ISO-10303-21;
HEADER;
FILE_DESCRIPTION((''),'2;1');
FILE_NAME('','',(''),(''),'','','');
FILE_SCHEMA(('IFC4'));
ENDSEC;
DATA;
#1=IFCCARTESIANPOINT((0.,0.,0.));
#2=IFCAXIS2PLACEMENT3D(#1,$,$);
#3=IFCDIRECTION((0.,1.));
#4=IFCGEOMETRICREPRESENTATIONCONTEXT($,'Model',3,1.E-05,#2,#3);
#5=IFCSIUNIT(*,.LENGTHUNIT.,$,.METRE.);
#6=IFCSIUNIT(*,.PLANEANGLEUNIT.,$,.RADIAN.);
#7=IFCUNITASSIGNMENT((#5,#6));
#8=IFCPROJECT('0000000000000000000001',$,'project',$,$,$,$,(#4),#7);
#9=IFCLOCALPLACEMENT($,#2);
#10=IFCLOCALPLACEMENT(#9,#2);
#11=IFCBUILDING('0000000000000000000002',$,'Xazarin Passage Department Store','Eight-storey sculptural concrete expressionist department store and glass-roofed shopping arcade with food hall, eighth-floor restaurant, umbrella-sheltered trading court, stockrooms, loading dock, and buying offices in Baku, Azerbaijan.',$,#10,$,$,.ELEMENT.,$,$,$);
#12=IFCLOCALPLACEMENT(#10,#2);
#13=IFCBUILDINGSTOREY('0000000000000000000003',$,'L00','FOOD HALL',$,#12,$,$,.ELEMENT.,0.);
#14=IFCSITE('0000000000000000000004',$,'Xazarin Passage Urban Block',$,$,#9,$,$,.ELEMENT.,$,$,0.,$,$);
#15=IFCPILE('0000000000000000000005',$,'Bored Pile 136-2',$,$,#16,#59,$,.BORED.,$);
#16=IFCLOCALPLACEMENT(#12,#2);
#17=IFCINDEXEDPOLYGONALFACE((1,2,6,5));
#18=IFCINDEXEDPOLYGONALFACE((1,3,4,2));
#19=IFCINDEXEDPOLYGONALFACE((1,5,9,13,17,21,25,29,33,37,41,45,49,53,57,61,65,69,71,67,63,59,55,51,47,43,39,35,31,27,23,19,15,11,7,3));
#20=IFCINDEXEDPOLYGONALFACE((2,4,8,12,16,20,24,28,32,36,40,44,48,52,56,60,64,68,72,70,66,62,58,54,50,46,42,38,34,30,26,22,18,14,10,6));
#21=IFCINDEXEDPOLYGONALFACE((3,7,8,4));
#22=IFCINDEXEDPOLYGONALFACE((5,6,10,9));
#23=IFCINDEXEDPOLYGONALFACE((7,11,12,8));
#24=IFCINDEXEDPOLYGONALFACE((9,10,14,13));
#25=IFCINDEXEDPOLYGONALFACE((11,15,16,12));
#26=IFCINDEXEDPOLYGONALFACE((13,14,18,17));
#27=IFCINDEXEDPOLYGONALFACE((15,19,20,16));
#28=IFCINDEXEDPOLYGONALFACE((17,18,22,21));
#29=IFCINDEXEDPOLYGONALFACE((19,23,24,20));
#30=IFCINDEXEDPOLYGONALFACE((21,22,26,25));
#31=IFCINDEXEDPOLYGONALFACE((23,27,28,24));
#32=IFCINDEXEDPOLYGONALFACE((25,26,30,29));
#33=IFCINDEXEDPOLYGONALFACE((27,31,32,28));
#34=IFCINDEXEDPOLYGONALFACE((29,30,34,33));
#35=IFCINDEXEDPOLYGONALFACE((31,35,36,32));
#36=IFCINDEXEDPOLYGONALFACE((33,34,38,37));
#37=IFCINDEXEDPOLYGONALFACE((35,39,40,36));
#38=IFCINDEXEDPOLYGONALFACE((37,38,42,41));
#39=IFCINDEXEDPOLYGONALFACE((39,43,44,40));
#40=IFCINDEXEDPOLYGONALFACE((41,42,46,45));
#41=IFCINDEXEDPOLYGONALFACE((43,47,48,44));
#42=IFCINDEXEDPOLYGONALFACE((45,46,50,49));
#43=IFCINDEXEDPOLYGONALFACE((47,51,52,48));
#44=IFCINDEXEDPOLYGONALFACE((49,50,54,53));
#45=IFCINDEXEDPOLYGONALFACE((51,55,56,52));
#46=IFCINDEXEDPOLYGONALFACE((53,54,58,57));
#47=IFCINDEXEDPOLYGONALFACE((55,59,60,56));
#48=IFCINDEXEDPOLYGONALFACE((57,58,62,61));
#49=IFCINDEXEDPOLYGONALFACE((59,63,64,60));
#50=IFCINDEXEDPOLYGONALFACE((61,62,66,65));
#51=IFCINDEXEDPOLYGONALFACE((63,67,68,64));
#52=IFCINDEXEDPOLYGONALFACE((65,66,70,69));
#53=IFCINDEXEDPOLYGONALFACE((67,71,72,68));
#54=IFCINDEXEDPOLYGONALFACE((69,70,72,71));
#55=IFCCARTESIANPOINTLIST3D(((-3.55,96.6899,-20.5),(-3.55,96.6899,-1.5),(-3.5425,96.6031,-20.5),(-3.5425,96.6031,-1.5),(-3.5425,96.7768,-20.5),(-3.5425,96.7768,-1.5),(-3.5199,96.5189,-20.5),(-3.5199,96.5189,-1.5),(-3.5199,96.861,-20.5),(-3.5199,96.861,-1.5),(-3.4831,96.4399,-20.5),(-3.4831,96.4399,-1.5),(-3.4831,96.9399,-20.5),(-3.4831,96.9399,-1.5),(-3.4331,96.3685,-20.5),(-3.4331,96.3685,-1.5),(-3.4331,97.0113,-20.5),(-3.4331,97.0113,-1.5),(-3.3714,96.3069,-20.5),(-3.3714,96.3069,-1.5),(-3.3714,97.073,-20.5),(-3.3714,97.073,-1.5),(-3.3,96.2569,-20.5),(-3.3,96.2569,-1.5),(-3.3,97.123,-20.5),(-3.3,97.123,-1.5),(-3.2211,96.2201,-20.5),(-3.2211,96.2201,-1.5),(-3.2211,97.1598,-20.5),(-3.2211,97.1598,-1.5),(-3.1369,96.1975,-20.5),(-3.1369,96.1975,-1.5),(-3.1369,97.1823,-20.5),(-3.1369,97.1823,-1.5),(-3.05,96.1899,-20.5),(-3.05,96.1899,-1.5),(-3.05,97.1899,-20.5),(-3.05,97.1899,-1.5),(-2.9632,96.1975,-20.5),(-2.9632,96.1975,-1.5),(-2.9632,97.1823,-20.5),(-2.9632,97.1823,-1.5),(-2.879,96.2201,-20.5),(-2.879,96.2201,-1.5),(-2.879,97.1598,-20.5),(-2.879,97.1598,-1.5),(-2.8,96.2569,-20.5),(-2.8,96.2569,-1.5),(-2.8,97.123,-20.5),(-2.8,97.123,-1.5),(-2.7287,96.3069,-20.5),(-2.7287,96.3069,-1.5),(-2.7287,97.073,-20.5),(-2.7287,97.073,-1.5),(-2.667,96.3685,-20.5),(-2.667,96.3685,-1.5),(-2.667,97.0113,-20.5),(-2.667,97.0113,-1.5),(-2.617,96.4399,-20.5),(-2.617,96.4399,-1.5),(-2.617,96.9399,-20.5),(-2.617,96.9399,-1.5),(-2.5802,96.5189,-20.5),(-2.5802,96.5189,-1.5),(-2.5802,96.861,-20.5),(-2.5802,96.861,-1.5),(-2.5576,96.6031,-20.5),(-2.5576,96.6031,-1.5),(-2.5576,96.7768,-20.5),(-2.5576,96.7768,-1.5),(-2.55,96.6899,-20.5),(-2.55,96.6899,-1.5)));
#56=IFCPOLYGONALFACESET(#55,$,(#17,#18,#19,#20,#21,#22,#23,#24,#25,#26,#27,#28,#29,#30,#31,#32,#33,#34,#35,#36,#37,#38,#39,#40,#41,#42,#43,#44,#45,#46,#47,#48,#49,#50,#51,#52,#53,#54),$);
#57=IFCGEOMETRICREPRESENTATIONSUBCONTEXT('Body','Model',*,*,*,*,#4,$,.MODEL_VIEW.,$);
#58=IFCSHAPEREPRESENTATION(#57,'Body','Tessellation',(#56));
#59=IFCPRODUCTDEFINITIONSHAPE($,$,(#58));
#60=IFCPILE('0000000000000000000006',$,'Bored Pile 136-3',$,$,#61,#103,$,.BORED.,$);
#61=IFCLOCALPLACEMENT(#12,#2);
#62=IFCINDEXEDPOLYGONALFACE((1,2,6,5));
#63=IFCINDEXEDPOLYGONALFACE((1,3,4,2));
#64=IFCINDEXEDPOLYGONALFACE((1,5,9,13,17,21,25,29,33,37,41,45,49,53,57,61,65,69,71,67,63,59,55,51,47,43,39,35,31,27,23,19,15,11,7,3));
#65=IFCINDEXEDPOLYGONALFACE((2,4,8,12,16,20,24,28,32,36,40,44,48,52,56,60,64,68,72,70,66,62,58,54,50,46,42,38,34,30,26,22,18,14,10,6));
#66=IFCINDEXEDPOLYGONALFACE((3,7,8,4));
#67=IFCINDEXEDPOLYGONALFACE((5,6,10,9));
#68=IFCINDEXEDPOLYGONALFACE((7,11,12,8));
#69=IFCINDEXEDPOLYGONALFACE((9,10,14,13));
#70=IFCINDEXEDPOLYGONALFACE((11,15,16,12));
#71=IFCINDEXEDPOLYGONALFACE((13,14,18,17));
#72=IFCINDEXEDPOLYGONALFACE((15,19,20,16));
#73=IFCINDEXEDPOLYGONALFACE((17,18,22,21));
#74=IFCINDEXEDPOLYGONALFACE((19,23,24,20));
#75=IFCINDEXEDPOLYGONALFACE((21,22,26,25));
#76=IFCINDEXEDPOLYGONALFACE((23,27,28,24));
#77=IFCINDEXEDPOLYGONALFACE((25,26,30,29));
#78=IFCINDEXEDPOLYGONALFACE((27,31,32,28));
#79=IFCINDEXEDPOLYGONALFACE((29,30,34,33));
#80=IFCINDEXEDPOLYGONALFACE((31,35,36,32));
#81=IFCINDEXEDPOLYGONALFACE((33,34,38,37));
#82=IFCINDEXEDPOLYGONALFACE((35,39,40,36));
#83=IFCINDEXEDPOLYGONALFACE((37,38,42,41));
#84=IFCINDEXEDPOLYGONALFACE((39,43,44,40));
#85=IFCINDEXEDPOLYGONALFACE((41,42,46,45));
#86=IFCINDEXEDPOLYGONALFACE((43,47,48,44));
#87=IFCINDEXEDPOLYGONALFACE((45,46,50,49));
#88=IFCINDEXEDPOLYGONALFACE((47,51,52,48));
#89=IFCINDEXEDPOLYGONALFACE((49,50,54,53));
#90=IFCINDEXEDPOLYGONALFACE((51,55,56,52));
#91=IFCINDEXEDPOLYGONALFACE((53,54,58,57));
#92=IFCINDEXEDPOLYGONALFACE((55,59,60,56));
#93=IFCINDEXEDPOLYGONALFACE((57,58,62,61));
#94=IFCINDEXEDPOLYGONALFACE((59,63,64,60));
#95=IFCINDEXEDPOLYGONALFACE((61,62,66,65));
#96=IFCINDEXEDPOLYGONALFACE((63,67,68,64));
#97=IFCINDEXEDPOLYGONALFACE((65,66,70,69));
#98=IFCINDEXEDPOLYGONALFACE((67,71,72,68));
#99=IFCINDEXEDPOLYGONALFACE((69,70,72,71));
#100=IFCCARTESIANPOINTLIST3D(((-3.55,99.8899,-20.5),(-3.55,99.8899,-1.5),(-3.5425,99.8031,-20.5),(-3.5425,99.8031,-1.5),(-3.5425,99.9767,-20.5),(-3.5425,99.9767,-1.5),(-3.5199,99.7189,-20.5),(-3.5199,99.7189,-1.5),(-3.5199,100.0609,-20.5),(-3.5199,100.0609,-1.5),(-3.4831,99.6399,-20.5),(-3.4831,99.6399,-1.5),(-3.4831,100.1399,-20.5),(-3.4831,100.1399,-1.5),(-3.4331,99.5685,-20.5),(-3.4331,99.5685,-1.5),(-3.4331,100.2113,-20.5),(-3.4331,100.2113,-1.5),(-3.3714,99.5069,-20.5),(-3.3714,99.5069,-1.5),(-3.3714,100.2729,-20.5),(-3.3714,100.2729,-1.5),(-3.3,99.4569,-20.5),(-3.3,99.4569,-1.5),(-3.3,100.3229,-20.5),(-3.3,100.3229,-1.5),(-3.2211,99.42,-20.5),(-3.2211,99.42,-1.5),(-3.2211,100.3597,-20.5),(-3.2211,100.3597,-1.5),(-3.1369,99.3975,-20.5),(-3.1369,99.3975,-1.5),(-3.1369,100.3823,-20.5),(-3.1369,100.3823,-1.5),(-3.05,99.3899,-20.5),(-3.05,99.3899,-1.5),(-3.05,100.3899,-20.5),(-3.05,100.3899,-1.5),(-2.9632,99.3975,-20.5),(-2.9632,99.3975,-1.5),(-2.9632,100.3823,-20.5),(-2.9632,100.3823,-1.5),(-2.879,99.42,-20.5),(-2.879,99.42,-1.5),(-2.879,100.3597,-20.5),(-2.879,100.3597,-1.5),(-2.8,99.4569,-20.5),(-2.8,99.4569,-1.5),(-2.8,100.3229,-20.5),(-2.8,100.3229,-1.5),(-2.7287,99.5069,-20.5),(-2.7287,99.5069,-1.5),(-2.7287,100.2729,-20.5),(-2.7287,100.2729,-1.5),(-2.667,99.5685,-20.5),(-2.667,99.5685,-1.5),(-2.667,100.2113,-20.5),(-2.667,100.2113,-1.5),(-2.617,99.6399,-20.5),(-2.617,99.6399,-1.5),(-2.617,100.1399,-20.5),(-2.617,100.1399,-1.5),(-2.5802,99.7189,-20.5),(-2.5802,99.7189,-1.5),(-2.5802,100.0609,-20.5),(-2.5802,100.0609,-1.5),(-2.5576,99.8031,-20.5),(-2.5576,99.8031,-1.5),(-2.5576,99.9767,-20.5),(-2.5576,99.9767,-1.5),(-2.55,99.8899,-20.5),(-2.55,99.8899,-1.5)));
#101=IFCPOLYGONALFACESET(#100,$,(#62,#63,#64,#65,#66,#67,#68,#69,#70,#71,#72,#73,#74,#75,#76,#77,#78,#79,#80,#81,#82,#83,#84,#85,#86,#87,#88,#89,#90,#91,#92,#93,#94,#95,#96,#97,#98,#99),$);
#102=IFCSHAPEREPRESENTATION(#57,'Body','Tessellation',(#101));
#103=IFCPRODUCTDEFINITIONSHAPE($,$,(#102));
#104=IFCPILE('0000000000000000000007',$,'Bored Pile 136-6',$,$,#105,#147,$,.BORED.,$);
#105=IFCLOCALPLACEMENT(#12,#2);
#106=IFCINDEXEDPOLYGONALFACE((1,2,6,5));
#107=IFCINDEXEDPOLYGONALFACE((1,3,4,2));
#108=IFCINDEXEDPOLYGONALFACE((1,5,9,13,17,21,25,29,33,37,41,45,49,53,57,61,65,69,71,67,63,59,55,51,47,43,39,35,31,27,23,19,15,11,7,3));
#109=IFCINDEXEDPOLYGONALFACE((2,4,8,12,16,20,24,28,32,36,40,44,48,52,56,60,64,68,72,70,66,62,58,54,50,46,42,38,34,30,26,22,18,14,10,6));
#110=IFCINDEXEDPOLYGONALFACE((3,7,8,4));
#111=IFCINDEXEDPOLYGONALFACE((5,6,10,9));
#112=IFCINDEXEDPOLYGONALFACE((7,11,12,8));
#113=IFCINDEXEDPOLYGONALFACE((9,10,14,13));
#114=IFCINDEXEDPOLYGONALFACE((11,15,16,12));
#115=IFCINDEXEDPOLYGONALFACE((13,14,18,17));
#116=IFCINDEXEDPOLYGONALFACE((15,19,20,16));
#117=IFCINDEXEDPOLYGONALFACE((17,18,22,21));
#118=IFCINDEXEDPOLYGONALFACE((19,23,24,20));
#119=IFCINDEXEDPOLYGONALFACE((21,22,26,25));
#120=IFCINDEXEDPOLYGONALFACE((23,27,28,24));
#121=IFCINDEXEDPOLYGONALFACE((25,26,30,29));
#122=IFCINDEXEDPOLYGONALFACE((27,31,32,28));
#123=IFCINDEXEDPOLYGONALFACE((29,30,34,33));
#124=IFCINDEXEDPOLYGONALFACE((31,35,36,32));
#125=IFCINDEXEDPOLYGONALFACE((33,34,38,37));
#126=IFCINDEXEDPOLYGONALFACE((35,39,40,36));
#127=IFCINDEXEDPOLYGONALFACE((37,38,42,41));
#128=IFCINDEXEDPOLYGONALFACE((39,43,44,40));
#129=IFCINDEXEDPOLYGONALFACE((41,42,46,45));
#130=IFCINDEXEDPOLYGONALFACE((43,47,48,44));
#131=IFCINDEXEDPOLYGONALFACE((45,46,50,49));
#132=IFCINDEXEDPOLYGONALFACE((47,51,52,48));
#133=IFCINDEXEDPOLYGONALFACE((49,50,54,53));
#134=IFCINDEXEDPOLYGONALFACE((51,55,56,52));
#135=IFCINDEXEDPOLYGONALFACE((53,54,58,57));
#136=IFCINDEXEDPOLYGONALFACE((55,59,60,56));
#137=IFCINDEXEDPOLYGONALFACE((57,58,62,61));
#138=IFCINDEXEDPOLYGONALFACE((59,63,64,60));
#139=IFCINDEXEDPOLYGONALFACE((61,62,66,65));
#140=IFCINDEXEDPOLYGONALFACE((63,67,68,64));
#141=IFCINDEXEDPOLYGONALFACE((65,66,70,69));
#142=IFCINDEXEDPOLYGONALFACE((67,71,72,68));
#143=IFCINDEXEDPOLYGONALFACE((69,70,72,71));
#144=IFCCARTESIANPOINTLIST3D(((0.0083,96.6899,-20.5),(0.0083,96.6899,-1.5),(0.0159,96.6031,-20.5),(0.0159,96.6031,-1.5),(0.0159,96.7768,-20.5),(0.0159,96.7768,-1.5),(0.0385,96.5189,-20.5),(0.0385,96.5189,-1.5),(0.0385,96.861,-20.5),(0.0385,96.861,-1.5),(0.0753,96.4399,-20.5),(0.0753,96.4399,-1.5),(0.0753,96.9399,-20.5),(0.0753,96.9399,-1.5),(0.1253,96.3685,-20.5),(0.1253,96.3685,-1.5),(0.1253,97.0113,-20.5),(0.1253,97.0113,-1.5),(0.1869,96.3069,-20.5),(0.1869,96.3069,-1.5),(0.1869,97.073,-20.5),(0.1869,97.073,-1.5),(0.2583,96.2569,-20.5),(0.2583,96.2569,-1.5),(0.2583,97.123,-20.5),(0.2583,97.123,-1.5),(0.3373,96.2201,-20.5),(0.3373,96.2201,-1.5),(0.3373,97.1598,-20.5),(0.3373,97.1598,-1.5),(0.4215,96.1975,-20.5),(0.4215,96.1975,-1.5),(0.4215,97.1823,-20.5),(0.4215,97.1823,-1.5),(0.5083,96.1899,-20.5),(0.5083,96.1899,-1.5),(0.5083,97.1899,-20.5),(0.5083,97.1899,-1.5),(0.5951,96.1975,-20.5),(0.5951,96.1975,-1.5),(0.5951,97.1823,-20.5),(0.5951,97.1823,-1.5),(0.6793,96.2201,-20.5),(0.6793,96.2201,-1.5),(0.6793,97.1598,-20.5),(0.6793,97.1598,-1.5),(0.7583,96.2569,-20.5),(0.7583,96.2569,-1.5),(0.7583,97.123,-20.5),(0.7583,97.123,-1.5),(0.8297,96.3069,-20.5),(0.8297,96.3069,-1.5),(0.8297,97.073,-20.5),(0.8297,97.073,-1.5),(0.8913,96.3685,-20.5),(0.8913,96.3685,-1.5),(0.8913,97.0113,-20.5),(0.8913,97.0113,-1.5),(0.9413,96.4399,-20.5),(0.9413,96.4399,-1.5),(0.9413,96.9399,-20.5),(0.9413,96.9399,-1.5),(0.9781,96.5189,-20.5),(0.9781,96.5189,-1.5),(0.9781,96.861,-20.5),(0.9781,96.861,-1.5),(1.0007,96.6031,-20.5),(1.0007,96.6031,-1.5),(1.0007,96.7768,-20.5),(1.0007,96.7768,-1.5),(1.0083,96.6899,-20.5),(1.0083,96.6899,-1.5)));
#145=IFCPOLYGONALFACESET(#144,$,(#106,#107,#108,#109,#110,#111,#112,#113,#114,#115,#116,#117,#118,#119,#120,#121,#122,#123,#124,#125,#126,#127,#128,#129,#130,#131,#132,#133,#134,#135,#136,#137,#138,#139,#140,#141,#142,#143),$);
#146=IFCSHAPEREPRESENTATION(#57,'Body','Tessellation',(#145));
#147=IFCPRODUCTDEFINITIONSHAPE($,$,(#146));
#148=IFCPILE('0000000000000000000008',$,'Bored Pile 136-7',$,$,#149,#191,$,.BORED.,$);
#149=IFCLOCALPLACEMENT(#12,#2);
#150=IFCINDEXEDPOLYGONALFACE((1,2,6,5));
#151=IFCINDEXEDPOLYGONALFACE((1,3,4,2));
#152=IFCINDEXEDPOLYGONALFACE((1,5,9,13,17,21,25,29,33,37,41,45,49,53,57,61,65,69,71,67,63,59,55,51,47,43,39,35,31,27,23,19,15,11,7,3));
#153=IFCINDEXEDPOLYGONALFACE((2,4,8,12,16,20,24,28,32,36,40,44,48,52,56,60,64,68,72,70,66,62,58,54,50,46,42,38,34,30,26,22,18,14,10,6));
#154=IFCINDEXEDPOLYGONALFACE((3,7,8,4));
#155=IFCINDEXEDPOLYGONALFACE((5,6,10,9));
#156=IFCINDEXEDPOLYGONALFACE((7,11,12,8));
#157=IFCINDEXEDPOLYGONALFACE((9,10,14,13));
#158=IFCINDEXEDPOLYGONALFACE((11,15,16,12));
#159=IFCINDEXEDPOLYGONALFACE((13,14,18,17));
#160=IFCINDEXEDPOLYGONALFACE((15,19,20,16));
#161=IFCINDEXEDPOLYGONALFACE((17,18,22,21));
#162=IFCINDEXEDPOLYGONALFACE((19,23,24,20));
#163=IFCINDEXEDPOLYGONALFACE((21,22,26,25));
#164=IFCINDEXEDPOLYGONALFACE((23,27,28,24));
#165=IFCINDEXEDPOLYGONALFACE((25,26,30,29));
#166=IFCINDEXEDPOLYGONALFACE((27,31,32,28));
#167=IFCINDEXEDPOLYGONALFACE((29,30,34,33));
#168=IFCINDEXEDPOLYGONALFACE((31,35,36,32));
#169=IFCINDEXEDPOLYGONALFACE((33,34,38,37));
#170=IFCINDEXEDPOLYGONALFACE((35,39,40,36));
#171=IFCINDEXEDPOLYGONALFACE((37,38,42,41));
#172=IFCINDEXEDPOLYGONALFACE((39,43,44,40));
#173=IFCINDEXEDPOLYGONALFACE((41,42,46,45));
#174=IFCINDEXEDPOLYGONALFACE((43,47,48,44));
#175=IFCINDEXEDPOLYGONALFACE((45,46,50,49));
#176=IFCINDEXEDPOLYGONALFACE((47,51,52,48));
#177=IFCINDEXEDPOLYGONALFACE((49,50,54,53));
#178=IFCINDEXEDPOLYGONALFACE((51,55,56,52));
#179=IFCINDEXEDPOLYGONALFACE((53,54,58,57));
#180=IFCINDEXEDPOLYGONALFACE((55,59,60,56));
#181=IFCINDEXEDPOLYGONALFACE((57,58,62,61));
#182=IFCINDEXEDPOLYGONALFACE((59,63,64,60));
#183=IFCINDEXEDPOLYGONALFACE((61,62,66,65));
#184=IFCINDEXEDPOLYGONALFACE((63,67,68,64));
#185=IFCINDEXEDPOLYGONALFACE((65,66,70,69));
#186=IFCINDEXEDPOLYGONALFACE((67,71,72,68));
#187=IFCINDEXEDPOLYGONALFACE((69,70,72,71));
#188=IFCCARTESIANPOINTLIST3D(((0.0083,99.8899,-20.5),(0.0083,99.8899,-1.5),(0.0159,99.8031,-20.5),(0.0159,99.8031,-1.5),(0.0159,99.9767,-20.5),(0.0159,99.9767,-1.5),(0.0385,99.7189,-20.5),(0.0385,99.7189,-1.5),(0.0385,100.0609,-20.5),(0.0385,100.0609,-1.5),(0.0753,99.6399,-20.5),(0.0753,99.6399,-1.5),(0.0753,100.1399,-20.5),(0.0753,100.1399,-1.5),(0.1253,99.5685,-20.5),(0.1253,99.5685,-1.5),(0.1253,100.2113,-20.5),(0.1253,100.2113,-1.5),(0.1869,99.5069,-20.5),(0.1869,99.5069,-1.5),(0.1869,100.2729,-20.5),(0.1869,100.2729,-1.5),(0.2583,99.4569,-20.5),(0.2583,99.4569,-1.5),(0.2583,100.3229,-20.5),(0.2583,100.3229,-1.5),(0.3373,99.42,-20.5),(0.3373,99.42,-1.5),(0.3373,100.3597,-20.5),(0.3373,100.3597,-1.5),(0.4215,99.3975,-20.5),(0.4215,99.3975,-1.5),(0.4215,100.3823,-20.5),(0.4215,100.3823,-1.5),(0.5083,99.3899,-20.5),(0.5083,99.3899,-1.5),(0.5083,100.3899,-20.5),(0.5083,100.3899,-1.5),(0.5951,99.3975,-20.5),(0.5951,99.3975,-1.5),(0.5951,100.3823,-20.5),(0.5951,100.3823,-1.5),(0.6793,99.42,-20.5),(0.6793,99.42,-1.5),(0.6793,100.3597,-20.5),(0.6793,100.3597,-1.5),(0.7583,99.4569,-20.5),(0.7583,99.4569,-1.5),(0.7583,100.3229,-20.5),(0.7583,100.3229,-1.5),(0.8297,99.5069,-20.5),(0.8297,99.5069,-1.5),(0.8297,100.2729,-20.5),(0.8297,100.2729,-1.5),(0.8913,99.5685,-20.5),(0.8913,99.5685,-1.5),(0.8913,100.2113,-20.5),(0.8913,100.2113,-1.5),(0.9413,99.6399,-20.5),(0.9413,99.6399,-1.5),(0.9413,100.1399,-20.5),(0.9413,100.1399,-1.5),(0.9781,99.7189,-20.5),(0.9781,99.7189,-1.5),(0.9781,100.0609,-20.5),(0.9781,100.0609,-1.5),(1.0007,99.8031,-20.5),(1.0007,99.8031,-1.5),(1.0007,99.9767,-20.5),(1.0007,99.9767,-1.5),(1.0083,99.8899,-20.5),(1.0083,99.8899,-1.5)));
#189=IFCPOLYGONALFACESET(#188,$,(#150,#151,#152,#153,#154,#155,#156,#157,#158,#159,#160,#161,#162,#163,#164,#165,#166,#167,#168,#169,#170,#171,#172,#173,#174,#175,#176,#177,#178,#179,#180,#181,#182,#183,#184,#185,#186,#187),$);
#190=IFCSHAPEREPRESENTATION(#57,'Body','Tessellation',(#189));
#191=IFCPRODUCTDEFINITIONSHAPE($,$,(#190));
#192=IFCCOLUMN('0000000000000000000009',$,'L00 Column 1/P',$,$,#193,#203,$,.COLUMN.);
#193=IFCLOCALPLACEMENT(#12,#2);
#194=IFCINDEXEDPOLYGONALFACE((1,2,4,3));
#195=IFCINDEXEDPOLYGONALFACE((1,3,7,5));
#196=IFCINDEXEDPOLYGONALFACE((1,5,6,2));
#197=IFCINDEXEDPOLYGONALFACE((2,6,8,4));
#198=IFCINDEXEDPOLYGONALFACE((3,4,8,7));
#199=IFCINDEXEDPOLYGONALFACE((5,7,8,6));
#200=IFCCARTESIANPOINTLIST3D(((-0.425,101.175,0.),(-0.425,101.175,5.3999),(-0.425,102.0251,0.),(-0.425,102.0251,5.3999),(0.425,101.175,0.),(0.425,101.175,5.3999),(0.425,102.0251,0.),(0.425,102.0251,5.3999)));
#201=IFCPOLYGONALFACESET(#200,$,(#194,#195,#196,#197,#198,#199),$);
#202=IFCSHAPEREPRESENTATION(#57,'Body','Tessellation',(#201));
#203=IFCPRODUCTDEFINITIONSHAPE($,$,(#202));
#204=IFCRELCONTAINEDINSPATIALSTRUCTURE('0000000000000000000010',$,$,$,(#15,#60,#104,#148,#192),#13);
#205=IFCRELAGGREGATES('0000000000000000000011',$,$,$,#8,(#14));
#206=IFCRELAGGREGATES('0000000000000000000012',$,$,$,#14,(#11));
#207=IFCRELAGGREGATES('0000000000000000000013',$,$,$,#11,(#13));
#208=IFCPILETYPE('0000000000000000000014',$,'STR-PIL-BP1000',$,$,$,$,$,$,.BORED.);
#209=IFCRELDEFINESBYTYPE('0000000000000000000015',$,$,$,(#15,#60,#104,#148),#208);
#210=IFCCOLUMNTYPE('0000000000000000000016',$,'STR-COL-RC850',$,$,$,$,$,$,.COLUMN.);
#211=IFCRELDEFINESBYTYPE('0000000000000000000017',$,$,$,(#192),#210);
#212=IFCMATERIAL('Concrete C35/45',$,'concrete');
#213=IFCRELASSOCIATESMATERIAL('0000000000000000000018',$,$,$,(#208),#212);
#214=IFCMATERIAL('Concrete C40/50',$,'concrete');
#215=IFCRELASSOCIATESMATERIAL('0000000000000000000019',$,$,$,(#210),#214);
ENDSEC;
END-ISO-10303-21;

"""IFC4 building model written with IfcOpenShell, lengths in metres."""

from ifc_helpers import new_model, si_unit, direction, frame, origin, origin_2d, place, context, subcontext, project, spatial, rectangle, circle, extrude, material, material_profile, profile_set, type_object, element, save


model = new_model("IFC4")

# Units and contexts
model_context = context("Model", 3, precision=1e-05, world=origin(), true_north=direction((0.0, 1.0)))
body_context = subcontext(model_context, "Body", "Model", "MODEL_VIEW")
ifc_project = project(units=[si_unit("LENGTHUNIT", "METRE"), si_unit("PLANEANGLEUNIT", "RADIAN")], contexts=[model_context])

# Site, building, storey
site_placement = place(None, origin())
site = spatial("IfcSite", under=ifc_project, at=site_placement, Name="Xazarin Passage Urban Block", CompositionType="ELEMENT", RefElevation=0.0)
building_placement = place(site_placement, origin())
building = spatial("IfcBuilding", under=site, at=building_placement, Name="Xazarin Passage Department Store", Description="Eight-storey sculptural concrete expressionist department store and glass-roofed shopping arcade with food hall, eighth-floor restaurant, umbrella-sheltered trading court, stockrooms, loading dock, and buying offices in Baku, Azerbaijan.", CompositionType="ELEMENT")
storey_placement = place(building_placement, origin())
storey = spatial("IfcBuildingStorey", under=building, at=storey_placement, Name="L00", Description="FOOD HALL", CompositionType="ELEMENT", Elevation=0.0)

# Piles
ifc_material_1 = material(Name="Concrete C35/45", Category="concrete")
ifc_material_profile_1 = material_profile(ifc_material_1, circle(Radius=0.5, at=origin_2d()), Name="BP 1000")
ifc_profile_set_1 = profile_set([ifc_material_profile_1], Name="Concrete C35/45")
pile_type = type_object("IfcPileType", Name="STR-PIL-BP1000", PredefinedType="BORED", material=ifc_profile_set_1)
for number, where, z_axis, x_axis, name in (
    (1, (-3.05, 96.6899, -1.5), (0.0, 0.0, -1.0), (1.0, 0.0, 0.0), "Bored Pile 136-2"),
    (2, (-3.05, 99.8899, -1.5), (0.0, 0.0, -1.0), (1.0, 0.0, 0.0), "Bored Pile 136-3"),
    (3, (0.5083, 96.6899, -1.5), (0.0, 0.0, -1.0), (1.0, 0.0, 0.0), "Bored Pile 136-6"),
    (4, (0.5083, 99.8899, -1.5), (0.0, 0.0, -1.0), (1.0, 0.0, 0.0), "Bored Pile 136-7"),
):
    element("IfcPile", number, at=place(storey_placement, frame(where, z_axis=z_axis, x_axis=x_axis)), inside=storey, type_object=pile_type, Name=name, PredefinedType="BORED", context=body_context, shape_type="SweptSolid", body=[
        extrude(circle(Radius=0.5, at=origin_2d()), origin(), (0.0, 0.0, 1.0), 19.0),
    ])

# Column
ifc_material_2 = material(Name="Concrete C40/50", Category="concrete")
ifc_material_profile_2 = material_profile(ifc_material_2, rectangle(XDim=0.8501, YDim=0.8501, at=origin_2d()), Name="RC 850x850")
ifc_profile_set_2 = profile_set([ifc_material_profile_2], Name="Concrete C40/50")
column_type_1 = type_object("IfcColumnType", Name="STR-COL-RC850", PredefinedType="COLUMN", material=ifc_profile_set_2)
column_placement = place(storey_placement, frame((0.0, 101.6001, 0.0), z_axis=(0.0, 0.0, 1.0), x_axis=(1.0, 0.0, 0.0)))
element("IfcColumn", 5, at=column_placement, inside=storey, type_object=column_type_1, Name="L00 Column 1/P", PredefinedType="COLUMN", context=body_context, shape_type="SweptSolid", body=[
    extrude(rectangle(XDim=0.8501, YDim=0.8501, at=origin_2d()), origin(), (0.0, 0.0, 1.0), 5.3999),
])

save(model, "model.ifc")
